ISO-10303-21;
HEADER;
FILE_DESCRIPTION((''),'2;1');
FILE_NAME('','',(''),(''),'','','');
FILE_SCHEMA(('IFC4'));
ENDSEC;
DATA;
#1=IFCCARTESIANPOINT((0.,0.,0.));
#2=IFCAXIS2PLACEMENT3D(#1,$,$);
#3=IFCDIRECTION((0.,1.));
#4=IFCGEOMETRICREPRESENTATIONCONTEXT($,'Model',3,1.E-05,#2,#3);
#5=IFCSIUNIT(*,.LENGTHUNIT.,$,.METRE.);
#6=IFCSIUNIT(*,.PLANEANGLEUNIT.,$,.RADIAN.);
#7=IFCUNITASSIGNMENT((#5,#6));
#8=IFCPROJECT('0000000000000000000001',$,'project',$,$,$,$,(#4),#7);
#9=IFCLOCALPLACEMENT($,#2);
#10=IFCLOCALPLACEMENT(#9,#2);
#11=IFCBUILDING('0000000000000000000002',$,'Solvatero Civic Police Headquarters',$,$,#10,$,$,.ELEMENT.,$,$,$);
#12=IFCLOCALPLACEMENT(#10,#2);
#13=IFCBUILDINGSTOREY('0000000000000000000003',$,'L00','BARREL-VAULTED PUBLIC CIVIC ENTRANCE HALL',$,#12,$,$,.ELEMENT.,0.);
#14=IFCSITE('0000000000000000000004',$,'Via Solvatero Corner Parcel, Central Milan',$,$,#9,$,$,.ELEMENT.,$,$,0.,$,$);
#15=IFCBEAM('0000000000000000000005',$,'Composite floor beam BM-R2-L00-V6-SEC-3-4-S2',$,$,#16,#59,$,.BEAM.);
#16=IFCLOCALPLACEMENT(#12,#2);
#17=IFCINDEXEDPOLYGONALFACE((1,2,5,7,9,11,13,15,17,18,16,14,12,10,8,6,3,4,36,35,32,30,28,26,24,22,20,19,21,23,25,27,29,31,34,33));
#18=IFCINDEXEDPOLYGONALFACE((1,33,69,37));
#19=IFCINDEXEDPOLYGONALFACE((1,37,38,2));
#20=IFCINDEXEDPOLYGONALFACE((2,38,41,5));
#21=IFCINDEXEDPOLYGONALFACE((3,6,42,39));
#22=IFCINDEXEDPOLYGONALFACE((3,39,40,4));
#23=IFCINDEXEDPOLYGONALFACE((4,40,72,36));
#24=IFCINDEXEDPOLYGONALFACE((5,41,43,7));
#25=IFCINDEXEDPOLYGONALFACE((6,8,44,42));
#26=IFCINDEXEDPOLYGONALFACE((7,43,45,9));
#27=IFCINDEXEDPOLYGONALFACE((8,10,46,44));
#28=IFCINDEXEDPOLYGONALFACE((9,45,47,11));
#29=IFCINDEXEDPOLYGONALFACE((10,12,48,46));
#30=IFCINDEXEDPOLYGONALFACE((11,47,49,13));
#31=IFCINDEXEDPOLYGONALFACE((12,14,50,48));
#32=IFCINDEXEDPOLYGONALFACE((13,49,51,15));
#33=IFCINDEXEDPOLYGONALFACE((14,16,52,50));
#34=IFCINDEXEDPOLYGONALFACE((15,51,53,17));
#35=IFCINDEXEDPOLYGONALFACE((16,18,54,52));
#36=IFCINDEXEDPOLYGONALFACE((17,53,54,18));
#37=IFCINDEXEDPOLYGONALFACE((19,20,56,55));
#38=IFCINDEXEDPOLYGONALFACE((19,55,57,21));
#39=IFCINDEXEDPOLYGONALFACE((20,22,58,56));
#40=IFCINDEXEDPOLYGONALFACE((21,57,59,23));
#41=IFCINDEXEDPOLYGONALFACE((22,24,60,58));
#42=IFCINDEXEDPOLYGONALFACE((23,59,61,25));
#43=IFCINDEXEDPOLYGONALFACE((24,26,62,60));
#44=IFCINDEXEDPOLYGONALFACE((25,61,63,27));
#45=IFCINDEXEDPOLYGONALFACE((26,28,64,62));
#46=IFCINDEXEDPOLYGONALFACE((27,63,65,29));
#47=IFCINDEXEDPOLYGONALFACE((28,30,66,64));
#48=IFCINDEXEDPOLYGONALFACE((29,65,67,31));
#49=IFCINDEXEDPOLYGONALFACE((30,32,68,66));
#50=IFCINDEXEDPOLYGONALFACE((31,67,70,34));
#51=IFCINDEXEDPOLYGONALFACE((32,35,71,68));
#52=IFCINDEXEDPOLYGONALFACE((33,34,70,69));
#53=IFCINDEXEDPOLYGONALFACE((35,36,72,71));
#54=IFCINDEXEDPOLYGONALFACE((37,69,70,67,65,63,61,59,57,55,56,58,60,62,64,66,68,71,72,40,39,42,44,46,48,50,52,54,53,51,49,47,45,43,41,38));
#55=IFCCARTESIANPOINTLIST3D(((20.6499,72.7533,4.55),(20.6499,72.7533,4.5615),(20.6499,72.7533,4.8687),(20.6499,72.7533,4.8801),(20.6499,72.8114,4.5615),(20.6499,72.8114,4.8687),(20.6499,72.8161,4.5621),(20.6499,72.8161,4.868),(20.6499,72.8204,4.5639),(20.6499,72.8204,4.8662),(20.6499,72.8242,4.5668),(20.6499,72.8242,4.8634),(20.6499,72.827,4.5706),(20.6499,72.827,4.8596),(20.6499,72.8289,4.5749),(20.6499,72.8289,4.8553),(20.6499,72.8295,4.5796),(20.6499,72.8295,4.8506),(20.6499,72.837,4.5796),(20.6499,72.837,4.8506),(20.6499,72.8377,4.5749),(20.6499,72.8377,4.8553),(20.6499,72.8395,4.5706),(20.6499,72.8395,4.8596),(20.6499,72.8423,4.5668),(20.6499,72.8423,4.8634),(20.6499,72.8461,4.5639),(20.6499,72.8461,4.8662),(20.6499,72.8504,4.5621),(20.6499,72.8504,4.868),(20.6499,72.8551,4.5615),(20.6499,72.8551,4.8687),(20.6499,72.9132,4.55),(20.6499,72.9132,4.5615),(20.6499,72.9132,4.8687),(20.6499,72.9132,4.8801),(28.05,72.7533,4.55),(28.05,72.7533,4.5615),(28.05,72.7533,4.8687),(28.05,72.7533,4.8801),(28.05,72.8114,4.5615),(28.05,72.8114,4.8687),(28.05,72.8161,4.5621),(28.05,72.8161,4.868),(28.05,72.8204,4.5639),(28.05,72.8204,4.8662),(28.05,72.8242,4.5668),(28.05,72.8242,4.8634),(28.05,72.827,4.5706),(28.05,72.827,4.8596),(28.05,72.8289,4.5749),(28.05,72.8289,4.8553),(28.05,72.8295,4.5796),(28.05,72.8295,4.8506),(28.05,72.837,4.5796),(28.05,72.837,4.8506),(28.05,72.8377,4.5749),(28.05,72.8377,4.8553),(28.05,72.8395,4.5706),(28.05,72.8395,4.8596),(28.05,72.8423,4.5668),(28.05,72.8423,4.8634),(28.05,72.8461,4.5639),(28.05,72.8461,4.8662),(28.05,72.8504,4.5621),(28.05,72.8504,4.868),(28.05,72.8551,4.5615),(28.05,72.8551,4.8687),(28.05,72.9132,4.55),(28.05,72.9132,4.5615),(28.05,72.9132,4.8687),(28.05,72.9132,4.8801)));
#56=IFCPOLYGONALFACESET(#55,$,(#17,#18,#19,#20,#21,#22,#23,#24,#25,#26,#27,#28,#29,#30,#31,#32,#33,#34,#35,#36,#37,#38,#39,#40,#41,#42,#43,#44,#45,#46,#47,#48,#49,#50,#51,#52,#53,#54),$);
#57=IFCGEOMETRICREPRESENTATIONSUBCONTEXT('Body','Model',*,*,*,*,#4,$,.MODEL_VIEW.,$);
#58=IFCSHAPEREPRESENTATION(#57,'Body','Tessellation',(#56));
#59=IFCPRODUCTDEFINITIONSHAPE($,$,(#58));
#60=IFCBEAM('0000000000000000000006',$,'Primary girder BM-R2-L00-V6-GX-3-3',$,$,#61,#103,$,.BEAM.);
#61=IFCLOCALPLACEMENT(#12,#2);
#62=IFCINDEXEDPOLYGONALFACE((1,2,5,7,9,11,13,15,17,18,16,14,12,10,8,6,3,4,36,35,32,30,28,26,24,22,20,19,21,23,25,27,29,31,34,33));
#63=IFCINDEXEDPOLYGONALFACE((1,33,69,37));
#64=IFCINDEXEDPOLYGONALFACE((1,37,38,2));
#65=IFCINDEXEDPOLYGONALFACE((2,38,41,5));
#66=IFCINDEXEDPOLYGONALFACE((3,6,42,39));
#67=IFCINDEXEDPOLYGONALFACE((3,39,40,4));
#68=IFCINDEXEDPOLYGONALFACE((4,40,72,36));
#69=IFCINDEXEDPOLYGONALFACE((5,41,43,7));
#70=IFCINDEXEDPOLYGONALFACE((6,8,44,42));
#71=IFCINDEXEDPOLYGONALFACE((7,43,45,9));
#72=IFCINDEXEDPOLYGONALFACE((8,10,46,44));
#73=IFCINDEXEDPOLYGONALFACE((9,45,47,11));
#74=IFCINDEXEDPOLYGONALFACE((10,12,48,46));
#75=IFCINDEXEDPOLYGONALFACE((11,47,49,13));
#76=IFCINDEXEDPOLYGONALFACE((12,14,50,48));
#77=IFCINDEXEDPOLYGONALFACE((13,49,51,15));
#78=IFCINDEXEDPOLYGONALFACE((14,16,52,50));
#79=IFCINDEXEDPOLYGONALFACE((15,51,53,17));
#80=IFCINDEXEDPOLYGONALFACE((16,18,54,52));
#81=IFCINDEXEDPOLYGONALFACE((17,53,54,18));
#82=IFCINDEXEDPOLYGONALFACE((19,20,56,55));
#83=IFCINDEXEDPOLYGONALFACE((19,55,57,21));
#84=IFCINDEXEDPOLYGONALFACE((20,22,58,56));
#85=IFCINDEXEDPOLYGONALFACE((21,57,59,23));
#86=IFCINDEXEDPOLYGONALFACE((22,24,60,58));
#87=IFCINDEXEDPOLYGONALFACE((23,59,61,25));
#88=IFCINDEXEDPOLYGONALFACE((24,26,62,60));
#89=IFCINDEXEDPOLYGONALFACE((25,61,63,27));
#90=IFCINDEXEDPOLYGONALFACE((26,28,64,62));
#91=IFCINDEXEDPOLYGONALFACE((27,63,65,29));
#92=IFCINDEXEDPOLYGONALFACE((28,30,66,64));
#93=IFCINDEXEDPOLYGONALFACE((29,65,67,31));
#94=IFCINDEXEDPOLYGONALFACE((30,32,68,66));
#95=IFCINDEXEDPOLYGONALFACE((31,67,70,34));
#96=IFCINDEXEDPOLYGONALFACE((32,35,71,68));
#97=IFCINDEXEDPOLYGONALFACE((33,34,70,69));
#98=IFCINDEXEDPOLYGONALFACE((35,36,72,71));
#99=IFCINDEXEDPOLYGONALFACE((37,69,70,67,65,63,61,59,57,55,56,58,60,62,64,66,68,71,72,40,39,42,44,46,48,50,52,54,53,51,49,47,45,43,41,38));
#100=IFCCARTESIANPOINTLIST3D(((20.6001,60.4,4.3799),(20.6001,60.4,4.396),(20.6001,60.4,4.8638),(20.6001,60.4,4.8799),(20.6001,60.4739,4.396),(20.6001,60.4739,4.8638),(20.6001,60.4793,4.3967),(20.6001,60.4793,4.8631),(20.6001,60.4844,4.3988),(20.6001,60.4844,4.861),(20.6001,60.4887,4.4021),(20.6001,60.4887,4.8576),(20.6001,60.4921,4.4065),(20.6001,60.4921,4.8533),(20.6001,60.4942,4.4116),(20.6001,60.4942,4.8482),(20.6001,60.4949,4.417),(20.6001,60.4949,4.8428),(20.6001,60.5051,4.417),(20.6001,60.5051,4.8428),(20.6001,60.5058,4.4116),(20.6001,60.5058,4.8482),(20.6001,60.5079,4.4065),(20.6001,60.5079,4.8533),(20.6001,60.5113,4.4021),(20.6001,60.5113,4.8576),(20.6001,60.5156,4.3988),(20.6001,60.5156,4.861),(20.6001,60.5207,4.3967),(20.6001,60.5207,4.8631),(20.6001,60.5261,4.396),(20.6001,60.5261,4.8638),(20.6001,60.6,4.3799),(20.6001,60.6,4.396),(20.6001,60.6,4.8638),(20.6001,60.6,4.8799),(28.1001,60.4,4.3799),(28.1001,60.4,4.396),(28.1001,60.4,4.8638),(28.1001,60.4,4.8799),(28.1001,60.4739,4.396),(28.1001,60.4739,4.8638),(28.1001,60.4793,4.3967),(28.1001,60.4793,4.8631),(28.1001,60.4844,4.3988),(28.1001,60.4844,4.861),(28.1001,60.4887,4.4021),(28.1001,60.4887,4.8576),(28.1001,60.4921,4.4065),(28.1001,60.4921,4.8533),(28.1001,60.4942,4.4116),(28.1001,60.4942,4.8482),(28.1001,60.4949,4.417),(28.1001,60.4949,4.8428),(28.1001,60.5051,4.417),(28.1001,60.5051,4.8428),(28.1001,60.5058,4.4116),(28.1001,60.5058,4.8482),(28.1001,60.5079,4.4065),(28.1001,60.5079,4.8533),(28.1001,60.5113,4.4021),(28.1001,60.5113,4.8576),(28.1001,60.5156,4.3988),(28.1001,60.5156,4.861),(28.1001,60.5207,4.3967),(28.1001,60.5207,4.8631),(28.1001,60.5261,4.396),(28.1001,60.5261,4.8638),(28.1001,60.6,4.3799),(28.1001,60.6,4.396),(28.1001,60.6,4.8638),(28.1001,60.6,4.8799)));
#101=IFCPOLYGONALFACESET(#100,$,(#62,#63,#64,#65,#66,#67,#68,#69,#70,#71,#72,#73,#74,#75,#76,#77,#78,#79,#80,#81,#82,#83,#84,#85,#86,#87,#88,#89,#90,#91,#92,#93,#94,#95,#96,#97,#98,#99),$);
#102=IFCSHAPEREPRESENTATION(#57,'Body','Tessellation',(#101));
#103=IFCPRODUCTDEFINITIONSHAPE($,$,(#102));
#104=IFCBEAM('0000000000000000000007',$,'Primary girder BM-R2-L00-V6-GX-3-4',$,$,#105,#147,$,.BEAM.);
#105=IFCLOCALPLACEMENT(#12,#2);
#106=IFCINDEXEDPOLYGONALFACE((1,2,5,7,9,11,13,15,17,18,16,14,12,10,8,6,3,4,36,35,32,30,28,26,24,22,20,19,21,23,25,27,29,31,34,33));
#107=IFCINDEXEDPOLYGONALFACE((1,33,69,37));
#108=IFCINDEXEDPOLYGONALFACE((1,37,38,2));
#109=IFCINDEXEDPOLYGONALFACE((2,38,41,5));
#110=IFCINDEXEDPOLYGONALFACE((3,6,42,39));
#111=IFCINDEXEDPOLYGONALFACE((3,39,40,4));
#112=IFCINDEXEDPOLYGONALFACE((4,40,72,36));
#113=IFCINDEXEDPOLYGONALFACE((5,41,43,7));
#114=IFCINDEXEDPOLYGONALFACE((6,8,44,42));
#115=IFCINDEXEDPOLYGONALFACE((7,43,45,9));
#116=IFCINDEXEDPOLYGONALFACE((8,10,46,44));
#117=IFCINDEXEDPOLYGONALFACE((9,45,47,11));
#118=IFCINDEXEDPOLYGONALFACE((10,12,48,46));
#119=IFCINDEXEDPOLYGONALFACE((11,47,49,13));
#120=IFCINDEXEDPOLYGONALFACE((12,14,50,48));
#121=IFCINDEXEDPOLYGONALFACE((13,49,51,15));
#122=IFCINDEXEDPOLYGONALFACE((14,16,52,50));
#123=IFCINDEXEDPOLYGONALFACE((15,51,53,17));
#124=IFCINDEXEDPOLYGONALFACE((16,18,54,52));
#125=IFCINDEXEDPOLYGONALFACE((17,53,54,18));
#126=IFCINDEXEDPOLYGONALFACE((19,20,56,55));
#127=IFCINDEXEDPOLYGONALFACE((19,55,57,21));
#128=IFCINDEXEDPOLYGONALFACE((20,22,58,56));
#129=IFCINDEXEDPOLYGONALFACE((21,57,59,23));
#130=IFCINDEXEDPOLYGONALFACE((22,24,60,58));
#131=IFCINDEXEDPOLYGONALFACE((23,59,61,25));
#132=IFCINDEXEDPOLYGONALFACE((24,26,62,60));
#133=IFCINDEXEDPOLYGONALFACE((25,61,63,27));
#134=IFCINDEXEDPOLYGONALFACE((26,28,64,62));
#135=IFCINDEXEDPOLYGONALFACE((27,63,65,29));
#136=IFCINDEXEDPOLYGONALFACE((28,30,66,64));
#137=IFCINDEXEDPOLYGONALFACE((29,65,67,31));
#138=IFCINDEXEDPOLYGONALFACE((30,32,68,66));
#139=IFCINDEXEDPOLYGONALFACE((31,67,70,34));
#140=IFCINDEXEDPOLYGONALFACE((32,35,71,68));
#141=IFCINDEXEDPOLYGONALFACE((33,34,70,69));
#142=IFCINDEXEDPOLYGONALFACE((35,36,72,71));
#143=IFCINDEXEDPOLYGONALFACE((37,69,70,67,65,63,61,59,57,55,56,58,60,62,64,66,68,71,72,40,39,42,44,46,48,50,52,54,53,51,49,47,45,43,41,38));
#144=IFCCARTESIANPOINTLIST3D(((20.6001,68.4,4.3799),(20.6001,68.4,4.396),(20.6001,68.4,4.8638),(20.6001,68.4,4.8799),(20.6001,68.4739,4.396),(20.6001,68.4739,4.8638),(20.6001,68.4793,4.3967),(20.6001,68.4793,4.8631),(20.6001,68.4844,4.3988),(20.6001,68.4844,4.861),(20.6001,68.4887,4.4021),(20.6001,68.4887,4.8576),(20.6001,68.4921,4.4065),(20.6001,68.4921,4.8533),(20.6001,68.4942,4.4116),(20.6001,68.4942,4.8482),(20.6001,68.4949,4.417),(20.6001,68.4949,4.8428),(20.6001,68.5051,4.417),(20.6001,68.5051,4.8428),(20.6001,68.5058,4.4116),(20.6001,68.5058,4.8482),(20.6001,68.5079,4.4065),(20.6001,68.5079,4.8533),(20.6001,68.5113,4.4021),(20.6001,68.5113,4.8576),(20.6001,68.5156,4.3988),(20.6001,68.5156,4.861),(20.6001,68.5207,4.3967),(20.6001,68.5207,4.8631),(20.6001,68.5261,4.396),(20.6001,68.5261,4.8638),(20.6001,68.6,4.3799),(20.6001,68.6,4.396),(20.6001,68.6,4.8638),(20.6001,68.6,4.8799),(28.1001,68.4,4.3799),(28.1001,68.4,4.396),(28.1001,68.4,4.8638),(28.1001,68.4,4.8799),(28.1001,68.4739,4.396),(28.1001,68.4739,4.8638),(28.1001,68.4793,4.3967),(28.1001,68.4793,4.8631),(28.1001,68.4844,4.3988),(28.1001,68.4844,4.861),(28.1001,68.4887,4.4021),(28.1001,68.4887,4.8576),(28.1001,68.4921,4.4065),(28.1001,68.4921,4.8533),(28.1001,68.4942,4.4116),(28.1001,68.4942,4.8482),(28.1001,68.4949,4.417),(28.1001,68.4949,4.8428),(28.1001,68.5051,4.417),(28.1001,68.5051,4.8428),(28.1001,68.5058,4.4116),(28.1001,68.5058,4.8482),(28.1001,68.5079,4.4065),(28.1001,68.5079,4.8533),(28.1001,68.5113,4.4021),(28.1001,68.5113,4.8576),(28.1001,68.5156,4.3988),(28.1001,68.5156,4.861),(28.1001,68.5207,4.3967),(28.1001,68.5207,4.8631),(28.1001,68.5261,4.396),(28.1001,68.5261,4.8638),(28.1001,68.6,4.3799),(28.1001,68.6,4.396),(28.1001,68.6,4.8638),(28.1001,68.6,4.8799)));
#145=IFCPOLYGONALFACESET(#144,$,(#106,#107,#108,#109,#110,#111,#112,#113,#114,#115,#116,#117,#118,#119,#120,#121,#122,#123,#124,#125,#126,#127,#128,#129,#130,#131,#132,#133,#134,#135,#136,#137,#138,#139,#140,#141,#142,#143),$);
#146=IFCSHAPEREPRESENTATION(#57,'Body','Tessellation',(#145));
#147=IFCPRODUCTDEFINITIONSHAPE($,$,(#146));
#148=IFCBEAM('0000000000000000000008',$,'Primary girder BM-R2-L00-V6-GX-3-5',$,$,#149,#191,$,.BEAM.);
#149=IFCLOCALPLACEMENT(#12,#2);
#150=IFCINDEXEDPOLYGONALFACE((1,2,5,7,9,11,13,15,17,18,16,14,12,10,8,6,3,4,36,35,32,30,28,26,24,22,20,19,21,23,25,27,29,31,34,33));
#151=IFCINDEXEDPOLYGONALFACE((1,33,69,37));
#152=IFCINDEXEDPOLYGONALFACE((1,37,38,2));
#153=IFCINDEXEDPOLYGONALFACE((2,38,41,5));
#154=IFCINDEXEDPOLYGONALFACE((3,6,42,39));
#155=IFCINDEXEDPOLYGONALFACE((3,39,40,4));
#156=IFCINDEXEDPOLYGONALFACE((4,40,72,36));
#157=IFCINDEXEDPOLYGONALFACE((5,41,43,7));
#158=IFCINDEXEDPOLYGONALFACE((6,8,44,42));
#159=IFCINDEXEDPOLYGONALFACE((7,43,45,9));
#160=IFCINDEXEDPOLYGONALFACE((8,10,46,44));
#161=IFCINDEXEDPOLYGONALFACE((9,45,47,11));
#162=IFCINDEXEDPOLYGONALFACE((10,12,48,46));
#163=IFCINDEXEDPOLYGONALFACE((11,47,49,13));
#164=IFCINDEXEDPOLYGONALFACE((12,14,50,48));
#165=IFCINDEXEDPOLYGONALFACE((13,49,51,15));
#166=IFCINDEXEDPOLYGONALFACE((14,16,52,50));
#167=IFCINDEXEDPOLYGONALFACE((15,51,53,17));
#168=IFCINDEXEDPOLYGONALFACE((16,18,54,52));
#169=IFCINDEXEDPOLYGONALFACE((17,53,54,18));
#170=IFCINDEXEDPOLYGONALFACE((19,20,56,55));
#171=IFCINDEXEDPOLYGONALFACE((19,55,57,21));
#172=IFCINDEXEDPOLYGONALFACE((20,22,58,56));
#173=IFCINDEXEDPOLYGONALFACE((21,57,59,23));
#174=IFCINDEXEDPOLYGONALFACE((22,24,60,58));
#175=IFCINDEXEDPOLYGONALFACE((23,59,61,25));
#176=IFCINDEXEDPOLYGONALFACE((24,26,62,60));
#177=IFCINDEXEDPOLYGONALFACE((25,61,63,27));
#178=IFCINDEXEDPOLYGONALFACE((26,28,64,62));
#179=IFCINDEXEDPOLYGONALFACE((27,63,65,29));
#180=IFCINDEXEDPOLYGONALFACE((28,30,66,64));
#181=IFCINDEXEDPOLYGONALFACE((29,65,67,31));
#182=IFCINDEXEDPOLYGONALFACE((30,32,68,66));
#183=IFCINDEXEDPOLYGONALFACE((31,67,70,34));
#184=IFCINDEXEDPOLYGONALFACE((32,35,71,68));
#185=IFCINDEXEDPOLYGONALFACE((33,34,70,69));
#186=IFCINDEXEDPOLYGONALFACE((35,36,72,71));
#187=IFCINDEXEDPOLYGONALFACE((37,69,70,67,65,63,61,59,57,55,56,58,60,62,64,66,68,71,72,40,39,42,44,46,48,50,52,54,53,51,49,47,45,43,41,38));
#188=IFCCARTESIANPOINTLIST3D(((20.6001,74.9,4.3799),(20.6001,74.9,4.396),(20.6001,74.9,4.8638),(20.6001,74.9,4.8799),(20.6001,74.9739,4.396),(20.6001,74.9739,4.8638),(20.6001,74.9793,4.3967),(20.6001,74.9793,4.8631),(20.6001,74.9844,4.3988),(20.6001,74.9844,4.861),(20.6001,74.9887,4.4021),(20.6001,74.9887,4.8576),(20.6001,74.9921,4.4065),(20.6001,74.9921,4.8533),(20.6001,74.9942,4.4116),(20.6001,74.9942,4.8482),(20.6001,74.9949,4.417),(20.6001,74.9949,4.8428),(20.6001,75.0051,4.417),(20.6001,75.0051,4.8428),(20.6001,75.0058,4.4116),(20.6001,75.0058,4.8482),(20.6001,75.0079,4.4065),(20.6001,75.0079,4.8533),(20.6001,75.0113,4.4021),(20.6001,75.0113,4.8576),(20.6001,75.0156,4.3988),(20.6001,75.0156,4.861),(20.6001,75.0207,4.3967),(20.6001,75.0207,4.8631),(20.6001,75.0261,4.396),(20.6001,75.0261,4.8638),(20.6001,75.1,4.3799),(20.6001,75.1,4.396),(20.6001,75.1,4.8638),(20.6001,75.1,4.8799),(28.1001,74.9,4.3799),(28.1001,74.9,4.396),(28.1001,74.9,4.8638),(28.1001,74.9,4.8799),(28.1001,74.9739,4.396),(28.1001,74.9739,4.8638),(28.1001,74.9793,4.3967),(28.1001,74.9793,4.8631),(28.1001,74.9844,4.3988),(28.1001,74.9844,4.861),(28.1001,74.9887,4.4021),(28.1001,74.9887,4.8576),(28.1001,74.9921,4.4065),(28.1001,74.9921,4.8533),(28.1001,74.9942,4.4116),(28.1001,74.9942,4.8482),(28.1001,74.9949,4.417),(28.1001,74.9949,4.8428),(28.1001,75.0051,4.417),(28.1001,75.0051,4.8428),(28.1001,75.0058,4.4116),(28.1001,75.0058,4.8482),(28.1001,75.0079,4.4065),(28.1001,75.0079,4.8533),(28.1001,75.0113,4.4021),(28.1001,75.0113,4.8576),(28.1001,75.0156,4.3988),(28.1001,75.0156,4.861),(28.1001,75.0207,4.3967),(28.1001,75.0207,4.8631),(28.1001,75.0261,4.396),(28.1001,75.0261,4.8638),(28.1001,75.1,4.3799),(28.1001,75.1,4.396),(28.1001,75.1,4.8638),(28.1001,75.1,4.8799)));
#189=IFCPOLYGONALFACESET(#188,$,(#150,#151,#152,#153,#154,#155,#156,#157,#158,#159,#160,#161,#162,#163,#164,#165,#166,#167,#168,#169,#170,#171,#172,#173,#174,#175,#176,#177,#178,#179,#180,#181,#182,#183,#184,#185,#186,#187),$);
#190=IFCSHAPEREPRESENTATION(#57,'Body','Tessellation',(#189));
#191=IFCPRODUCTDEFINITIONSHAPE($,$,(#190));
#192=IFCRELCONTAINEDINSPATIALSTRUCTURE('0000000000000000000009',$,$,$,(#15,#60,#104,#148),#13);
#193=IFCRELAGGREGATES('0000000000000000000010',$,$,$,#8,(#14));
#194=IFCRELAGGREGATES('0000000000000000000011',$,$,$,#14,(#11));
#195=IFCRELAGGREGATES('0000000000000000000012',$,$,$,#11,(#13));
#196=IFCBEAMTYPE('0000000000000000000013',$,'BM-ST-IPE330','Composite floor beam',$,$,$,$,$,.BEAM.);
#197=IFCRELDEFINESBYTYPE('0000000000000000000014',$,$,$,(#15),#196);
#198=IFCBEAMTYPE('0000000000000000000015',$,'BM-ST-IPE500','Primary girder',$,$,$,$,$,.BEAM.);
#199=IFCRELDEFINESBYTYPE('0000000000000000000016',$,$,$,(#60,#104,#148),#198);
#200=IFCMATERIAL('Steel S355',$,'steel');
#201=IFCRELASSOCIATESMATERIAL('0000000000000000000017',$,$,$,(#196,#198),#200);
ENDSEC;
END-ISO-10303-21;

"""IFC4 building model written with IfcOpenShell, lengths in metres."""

from ifc_helpers import new_model, si_unit, direction, frame, origin, origin_2d, place, context, subcontext, project, spatial, i_section, extrude, material, material_profile, profile_set, type_object, element, save


model = new_model("IFC4")

# Units and contexts
model_context = context("Model", 3, precision=1e-05, world=origin(), true_north=direction((0.0, 1.0)))
body_context = subcontext(model_context, "Body", "Model", "MODEL_VIEW")
ifc_project = project(units=[si_unit("LENGTHUNIT", "METRE"), si_unit("PLANEANGLEUNIT", "RADIAN")], contexts=[model_context])

# Site, building, storey
site_placement = place(None, origin())
site = spatial("IfcSite", under=ifc_project, at=site_placement, Name="Via Solvatero Corner Parcel, Central Milan", CompositionType="ELEMENT", RefElevation=0.0)
building_placement = place(site_placement, origin())
building = spatial("IfcBuilding", under=site, at=building_placement, Name="Solvatero Civic Police Headquarters", CompositionType="ELEMENT")
storey_placement = place(building_placement, origin())
storey = spatial("IfcBuildingStorey", under=building, at=storey_placement, Name="L00", Description="BARREL-VAULTED PUBLIC CIVIC ENTRANCE HALL", CompositionType="ELEMENT", Elevation=0.0)

# Beams
ifc_material_1 = material(Name="Steel S355", Category="steel")
ifc_material_profile_1 = material_profile(ifc_material_1, i_section(OverallWidth=0.1599, OverallDepth=0.3301, WebThickness=0.0076, FlangeThickness=0.0115, FilletRadius=0.0181, at=origin_2d()), Name="IPE 330")
ifc_profile_set_1 = profile_set([ifc_material_profile_1], Name="Steel S355")
beam_type_1 = type_object("IfcBeamType", Name="BM-ST-IPE330", Description="Composite floor beam", PredefinedType="BEAM", material=ifc_profile_set_1)
for number, where, z_axis, x_axis, name in (
    (1, (20.6499, 72.8333, 4.7151), (1.0, 0.0, 0.0), (0.0, 1.0, 0.0), "Composite floor beam BM-R2-L00-V6-SEC-3-4-S2"),
):
    element("IfcBeam", number, at=place(storey_placement, frame(where, z_axis=z_axis, x_axis=x_axis)), inside=storey, type_object=beam_type_1, Name=name, PredefinedType="BEAM", context=body_context, shape_type="SweptSolid", body=[
        extrude(i_section(OverallWidth=0.1599, OverallDepth=0.3301, WebThickness=0.0076, FlangeThickness=0.0115, FilletRadius=0.0181, at=origin_2d()), origin(), (0.0, 0.0, 1.0), 7.4001),
    ])
ifc_material_profile_2 = material_profile(ifc_material_1, i_section(OverallWidth=0.2, OverallDepth=0.5, WebThickness=0.0103, FlangeThickness=0.0161, FilletRadius=0.021, at=origin_2d()), Name="IPE 500")
ifc_profile_set_2 = profile_set([ifc_material_profile_2], Name="Steel S355")
beam_type_2 = type_object("IfcBeamType", Name="BM-ST-IPE500", Description="Primary girder", PredefinedType="BEAM", material=ifc_profile_set_2)
for number, where, z_axis, x_axis, name in (
    (2, (20.6001, 60.5, 4.6299), (1.0, 0.0, 0.0), (0.0, 1.0, 0.0), "Primary girder BM-R2-L00-V6-GX-3-3"),
    (3, (20.6001, 68.5, 4.6299), (1.0, 0.0, 0.0), (0.0, 1.0, 0.0), "Primary girder BM-R2-L00-V6-GX-3-4"),
    (4, (20.6001, 75.0, 4.6299), (1.0, 0.0, 0.0), (0.0, 1.0, 0.0), "Primary girder BM-R2-L00-V6-GX-3-5"),
):
    element("IfcBeam", number, at=place(storey_placement, frame(where, z_axis=z_axis, x_axis=x_axis)), inside=storey, type_object=beam_type_2, Name=name, PredefinedType="BEAM", context=body_context, shape_type="SweptSolid", body=[
        extrude(i_section(OverallWidth=0.2, OverallDepth=0.5, WebThickness=0.0103, FlangeThickness=0.0161, FilletRadius=0.021, at=origin_2d()), origin(), (0.0, 0.0, 1.0), 7.5),
    ])

save(model, "model.ifc")
